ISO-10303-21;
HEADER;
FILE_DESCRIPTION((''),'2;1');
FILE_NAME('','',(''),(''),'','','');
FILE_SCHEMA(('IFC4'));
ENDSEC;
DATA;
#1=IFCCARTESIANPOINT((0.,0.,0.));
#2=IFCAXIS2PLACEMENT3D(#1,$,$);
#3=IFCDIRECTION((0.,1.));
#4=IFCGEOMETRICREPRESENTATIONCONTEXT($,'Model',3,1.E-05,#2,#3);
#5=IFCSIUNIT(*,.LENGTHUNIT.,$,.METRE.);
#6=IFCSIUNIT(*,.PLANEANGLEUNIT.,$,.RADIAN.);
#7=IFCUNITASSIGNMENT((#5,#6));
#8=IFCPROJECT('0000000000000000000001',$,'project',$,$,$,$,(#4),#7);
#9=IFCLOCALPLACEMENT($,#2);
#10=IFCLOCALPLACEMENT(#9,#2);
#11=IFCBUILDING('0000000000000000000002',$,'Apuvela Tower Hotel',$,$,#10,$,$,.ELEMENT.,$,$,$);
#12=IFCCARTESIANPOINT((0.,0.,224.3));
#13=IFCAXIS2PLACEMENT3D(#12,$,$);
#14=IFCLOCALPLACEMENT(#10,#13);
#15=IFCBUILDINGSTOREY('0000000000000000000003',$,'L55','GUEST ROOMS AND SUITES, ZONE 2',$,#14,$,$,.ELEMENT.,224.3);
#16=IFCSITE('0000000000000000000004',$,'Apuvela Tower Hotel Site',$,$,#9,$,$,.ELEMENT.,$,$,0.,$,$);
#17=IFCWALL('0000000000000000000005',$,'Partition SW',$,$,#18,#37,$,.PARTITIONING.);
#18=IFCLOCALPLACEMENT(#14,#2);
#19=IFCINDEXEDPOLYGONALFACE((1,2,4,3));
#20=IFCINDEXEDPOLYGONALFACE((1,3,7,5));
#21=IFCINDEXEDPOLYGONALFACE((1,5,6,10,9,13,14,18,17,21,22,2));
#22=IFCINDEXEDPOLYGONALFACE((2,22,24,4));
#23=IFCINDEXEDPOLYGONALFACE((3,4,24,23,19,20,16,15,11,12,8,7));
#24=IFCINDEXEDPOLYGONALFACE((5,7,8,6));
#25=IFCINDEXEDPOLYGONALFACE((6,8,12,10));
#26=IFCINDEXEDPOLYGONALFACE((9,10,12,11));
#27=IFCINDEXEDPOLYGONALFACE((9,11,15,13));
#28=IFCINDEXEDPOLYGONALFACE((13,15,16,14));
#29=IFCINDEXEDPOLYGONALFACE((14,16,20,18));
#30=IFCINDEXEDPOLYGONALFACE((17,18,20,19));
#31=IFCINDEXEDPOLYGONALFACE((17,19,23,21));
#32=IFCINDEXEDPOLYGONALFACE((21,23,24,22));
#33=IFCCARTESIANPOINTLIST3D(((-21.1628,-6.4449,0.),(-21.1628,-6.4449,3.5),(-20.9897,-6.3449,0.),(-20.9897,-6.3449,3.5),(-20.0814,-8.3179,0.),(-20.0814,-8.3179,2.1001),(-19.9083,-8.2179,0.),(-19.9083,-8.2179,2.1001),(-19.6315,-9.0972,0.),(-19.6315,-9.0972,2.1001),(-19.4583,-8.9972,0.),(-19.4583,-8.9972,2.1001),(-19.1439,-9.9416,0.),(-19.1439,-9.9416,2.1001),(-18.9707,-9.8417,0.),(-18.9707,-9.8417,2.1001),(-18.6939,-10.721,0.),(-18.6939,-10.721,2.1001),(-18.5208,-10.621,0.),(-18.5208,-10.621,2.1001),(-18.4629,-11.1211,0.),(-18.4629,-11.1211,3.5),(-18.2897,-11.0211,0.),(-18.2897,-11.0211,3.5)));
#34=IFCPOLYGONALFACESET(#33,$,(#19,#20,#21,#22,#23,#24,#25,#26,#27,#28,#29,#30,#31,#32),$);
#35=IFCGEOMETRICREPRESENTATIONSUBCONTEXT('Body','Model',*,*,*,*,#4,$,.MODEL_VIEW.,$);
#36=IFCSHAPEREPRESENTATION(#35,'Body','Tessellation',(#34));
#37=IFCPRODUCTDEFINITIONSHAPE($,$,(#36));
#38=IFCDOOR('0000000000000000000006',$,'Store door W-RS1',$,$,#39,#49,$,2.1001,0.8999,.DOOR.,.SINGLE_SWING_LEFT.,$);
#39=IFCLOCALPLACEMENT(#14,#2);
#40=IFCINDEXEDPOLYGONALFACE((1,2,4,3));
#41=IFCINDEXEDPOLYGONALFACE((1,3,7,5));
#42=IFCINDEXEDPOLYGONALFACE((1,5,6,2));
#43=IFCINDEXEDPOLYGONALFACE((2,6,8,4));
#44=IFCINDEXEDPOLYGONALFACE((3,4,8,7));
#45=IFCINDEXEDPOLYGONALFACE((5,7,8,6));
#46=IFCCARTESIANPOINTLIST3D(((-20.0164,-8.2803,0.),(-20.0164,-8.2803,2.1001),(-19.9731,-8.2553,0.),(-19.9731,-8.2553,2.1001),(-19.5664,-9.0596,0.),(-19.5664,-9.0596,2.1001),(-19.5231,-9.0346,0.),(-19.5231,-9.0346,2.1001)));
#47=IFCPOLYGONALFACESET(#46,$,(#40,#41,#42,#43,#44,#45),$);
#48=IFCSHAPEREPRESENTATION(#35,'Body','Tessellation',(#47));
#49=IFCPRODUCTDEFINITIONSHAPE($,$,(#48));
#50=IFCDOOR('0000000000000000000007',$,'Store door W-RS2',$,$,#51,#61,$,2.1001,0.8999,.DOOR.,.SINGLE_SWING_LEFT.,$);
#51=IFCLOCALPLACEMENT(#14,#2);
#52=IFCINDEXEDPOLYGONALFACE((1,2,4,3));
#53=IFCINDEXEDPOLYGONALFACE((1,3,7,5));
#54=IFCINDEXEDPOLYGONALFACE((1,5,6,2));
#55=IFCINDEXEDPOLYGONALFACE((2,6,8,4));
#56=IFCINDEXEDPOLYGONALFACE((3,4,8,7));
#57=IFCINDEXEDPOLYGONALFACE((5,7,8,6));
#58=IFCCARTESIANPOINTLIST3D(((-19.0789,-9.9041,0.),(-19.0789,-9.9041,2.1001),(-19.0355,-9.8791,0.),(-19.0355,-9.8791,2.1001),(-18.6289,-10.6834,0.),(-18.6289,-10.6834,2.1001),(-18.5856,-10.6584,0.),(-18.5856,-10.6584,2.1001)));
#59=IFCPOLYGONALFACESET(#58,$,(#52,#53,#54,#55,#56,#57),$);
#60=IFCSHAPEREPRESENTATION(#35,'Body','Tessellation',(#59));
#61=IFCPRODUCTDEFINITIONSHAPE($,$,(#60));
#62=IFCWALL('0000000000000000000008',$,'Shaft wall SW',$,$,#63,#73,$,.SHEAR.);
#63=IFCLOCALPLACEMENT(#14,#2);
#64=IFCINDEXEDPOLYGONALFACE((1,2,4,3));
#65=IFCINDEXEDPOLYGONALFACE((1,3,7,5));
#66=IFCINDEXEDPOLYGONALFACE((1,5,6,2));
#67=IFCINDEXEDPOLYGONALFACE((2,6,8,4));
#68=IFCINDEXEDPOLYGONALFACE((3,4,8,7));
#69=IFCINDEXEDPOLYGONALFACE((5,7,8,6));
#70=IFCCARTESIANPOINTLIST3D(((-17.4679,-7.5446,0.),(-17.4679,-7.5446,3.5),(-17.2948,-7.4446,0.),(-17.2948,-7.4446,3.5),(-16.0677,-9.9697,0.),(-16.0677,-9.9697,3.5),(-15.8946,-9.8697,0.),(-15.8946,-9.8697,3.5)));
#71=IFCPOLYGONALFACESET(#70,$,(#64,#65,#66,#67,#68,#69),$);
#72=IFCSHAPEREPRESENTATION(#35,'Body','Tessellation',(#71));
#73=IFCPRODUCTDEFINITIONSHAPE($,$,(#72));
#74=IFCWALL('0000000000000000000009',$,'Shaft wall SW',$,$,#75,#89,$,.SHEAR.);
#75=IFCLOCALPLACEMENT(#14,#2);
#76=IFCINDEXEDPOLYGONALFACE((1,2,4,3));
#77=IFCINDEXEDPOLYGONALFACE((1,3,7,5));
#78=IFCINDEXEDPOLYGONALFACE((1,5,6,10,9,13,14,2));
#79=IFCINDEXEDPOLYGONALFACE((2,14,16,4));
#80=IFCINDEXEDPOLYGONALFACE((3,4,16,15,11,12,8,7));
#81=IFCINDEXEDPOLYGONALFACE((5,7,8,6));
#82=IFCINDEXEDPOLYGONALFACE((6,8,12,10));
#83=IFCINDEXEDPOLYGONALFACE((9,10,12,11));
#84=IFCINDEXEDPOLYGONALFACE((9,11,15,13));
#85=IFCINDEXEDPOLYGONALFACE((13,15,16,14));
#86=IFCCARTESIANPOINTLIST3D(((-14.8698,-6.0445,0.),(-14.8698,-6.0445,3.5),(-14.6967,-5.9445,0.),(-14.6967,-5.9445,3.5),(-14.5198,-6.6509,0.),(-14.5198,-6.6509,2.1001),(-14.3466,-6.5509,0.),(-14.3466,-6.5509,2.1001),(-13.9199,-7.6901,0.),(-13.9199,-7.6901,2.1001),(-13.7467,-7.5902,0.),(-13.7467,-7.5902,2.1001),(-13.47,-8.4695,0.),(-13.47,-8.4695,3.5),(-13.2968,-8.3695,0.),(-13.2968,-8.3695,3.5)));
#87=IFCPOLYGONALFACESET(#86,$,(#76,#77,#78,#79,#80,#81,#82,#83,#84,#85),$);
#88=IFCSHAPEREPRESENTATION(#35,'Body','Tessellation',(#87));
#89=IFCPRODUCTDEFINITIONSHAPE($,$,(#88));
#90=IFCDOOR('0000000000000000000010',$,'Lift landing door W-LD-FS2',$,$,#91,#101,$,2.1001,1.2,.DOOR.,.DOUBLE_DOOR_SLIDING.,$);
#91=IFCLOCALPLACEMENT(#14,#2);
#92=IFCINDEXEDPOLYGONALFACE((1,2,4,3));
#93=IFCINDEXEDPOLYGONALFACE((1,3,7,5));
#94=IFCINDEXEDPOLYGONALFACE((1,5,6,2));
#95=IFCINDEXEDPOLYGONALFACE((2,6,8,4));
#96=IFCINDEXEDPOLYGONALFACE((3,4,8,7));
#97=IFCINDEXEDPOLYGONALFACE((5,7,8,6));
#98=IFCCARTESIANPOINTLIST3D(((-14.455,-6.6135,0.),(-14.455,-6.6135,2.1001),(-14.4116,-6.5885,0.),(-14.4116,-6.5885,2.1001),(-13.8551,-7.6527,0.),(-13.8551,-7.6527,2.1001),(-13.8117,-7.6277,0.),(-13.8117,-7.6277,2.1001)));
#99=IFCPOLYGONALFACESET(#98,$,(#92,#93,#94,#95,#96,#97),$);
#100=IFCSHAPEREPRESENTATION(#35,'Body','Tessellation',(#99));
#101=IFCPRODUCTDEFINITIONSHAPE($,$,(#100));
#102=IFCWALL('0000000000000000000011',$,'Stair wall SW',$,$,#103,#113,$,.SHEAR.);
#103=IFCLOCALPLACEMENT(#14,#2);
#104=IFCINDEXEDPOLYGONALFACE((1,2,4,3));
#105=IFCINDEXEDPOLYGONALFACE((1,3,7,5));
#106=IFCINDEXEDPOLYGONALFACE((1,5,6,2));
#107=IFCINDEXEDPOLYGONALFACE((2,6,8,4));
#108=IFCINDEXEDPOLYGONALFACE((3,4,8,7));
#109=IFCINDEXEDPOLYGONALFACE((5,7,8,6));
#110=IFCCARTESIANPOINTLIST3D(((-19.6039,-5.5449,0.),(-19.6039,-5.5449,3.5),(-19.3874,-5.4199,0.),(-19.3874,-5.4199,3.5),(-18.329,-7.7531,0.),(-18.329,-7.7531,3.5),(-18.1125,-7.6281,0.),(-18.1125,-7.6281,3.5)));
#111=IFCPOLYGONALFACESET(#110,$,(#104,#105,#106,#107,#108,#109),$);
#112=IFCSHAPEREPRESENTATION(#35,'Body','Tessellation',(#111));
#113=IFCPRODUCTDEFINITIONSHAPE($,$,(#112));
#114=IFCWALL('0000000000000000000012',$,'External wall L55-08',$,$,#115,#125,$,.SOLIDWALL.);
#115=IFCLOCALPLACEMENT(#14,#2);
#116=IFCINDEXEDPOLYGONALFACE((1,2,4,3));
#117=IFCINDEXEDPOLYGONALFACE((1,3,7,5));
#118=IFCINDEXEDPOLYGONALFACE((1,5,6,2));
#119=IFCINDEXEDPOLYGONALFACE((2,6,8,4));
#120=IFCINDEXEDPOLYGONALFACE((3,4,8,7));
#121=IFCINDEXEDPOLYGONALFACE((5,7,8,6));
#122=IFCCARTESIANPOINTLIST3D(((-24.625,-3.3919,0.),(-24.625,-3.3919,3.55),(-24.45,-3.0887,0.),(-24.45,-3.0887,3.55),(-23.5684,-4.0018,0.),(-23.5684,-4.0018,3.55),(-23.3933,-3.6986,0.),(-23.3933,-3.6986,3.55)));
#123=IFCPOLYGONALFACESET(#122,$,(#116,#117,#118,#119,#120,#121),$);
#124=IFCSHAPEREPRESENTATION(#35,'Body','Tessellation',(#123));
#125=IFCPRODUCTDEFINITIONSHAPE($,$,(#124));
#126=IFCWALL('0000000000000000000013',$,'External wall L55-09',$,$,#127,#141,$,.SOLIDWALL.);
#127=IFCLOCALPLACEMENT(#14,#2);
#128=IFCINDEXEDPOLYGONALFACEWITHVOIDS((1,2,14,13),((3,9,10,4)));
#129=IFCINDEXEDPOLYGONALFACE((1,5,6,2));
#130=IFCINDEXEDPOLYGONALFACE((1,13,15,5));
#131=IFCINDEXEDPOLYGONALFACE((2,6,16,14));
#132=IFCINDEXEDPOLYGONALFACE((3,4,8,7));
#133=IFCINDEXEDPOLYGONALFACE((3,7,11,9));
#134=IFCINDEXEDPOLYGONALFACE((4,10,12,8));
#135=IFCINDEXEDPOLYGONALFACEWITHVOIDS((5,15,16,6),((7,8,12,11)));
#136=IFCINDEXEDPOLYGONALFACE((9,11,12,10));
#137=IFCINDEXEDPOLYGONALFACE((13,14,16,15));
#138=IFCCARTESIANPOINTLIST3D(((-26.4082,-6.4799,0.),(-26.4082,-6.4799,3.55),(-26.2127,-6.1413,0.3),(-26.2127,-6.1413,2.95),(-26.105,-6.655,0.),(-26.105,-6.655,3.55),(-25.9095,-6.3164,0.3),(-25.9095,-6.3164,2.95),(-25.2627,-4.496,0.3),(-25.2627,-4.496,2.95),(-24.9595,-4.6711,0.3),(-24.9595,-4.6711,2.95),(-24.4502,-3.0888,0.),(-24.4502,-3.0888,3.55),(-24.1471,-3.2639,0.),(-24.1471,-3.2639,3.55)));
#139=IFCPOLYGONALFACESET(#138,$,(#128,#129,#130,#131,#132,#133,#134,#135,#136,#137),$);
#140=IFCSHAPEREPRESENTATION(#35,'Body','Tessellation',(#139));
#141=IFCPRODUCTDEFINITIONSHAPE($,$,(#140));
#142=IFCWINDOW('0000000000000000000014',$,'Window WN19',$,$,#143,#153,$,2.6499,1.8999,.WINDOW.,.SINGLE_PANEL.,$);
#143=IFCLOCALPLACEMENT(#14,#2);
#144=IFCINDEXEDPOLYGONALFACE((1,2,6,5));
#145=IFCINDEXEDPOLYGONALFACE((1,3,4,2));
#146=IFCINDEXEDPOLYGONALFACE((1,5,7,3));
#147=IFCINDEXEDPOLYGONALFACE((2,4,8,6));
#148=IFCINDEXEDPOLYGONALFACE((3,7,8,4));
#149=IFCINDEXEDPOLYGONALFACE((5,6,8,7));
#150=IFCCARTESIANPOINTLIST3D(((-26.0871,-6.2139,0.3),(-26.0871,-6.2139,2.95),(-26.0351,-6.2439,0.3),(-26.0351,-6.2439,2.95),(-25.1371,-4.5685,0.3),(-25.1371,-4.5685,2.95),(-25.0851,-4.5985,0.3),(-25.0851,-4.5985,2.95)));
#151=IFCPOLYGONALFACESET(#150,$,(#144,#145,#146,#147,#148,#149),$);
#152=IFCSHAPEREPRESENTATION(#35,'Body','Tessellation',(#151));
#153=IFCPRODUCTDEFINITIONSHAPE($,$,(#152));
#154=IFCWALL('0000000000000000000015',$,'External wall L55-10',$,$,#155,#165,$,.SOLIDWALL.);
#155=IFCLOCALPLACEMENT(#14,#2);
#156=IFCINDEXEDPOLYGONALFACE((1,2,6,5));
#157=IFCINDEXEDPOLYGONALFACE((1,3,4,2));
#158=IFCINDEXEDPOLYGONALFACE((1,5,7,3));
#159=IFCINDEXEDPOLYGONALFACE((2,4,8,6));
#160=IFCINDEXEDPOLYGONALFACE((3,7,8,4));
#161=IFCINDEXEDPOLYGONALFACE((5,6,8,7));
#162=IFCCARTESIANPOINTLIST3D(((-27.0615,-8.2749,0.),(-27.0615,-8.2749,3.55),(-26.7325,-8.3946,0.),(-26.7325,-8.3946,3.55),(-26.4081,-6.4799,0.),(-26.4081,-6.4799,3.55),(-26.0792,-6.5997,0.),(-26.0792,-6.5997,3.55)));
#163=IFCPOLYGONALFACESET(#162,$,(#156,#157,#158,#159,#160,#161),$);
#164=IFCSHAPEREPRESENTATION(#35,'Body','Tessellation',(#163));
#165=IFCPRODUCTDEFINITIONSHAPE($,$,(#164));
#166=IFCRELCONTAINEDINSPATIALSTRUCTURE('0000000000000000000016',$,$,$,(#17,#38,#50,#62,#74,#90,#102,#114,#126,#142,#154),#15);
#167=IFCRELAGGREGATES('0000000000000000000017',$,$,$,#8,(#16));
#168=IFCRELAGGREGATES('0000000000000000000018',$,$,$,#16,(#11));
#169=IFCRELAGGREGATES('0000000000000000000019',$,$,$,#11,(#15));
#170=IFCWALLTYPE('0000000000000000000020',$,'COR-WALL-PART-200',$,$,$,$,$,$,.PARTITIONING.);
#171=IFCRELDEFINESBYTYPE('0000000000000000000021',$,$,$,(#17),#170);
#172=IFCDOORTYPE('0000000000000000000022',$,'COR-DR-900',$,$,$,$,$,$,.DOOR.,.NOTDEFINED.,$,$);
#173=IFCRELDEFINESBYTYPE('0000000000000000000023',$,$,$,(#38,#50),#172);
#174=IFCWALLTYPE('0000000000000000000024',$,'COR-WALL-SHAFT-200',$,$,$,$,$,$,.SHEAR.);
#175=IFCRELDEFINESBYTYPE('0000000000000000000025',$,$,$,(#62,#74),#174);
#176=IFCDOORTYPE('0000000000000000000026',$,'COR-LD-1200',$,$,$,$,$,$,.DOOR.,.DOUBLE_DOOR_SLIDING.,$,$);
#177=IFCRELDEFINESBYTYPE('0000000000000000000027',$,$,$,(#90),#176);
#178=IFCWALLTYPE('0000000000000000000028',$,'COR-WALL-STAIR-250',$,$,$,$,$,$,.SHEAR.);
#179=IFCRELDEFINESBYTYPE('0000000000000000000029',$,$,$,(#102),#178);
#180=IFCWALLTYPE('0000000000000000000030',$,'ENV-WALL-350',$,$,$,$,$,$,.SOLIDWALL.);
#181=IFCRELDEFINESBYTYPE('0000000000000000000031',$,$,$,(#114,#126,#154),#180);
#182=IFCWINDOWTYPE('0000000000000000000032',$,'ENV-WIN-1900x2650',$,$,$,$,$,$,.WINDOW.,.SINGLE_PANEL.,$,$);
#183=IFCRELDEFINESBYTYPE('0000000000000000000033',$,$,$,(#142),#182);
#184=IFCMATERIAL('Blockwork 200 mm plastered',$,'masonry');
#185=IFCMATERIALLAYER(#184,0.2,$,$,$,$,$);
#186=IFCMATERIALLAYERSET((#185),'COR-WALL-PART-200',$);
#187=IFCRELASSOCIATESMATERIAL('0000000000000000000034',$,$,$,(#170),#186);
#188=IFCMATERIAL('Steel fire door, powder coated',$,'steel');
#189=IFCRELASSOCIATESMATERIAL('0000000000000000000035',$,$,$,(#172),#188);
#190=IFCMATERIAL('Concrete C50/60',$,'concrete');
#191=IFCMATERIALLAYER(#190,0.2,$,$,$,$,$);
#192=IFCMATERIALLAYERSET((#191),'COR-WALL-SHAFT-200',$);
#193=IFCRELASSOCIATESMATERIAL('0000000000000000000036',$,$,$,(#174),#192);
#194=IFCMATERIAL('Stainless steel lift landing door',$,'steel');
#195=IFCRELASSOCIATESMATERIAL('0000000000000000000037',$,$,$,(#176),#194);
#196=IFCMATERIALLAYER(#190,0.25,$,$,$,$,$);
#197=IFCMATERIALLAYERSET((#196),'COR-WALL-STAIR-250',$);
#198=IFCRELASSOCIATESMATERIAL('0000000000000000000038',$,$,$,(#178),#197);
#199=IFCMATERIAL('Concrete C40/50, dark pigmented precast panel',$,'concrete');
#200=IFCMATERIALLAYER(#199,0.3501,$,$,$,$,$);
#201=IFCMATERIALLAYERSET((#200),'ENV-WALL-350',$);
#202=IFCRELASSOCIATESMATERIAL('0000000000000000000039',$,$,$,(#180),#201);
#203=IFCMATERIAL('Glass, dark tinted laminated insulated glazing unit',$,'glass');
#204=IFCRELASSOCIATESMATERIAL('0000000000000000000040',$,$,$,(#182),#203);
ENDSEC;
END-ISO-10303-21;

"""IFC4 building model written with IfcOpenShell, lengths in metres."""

from ifc_helpers import new_model, si_unit, direction, frame, frame_2d, origin, place, context, subcontext, project, spatial, rectangle, extrude, material, layer, layer_set, type_object, element, fill, save


model = new_model("IFC4")

# Units and contexts
model_context = context("Model", 3, precision=1e-05, world=origin(), true_north=direction((0.0, 1.0)))
body_context = subcontext(model_context, "Body", "Model", "MODEL_VIEW")
ifc_project = project(units=[si_unit("LENGTHUNIT", "METRE"), si_unit("PLANEANGLEUNIT", "RADIAN")], contexts=[model_context])

# Site, building, storey
site_placement = place(None, origin())
site = spatial("IfcSite", under=ifc_project, at=site_placement, Name="Apuvela Tower Hotel Site", CompositionType="ELEMENT", RefElevation=0.0)
building_placement = place(site_placement, origin())
building = spatial("IfcBuilding", under=site, at=building_placement, Name="Apuvela Tower Hotel", CompositionType="ELEMENT")
storey_placement = place(building_placement, frame((0.0, 0.0, 224.3)))
storey = spatial("IfcBuildingStorey", under=building, at=storey_placement, Name="L55", Description="GUEST ROOMS AND SUITES, ZONE 2", CompositionType="ELEMENT", Elevation=224.3)

# Wall, openings, doors
ifc_material_1 = material(Name="Blockwork 200 mm plastered", Category="masonry")
ifc_layer_1 = layer(ifc_material_1, 0.2)
ifc_layer_set_1 = layer_set([ifc_layer_1], Name="COR-WALL-PART-200")
wall_type_1 = type_object("IfcWallType", Name="COR-WALL-PART-200", PredefinedType="PARTITIONING", material=ifc_layer_set_1)
wall_1_placement = place(storey_placement, frame((-21.0762, -6.395, 0.0), z_axis=(0.0, 0.0, 1.0), x_axis=(0.500015, -0.866017, 0.0)))
wall_1 = element("IfcWall", 1, at=wall_1_placement, inside=storey, type_object=wall_type_1, Name="Partition SW", PredefinedType="PARTITIONING", context=body_context, shape_type="SweptSolid", body=[
    extrude(rectangle(XDim=5.3997, YDim=0.2, at=frame_2d((2.6997, 0.0))), origin(), (0.0, 0.0, 1.0), 3.5),
])
opening_1_placement = place(wall_1_placement, frame((2.1626, 0.0, 0.0)))
opening_1 = element("IfcOpeningElement", 2, at=opening_1_placement, cuts=wall_1, PredefinedType="OPENING", context=body_context, shape_type="SweptSolid", body=[
    extrude(rectangle(XDim=0.8999, YDim=2.1001, at=frame_2d((0.45, 1.05))), frame((0.0, 0.1099, 0.0), z_axis=(0.0, -1.0, 0.0), x_axis=(1.0, 0.0, 0.0)), (0.0, 0.0, 1.0), 0.22),
])
opening_2_placement = place(wall_1_placement, frame((4.0376, 0.0, 0.0)))
opening_2 = element("IfcOpeningElement", 3, at=opening_2_placement, cuts=wall_1, PredefinedType="OPENING", context=body_context, shape_type="SweptSolid", body=[
    extrude(rectangle(XDim=0.8999, YDim=2.1001, at=frame_2d((0.45, 1.05))), frame((0.0, 0.1099, 0.0), z_axis=(0.0, -1.0, 0.0), x_axis=(1.0, 0.0, 0.0)), (0.0, 0.0, 1.0), 0.22),
])
ifc_material_2 = material(Name="Steel fire door, powder coated", Category="steel")
door_type_1 = type_object("IfcDoorType", Name="COR-DR-900", OperationType="NOTDEFINED", PredefinedType="DOOR", material=ifc_material_2)
door_1_placement = place(opening_1_placement, frame((0.8999, 0.0, 0.0), z_axis=(0.0, 0.0, 1.0), x_axis=(-1.0, 0.0, 0.0)))
door_1 = element("IfcDoor", 4, at=door_1_placement, inside=storey, type_object=door_type_1, Name="Store door W-RS1", OperationType="SINGLE_SWING_LEFT", OverallHeight=2.1001, OverallWidth=0.8999, PredefinedType="DOOR", context=body_context, shape_type="SweptSolid", body=[
    extrude(rectangle(XDim=0.8999, YDim=2.1001, at=frame_2d((0.45, 1.05))), frame((0.0, 0.0249, 0.0), z_axis=(0.0, -1.0, 0.0), x_axis=(1.0, 0.0, 0.0)), (0.0, 0.0, 1.0), 0.05),
])
fill(opening_1, door_1)
door_2_placement = place(opening_2_placement, frame((0.8999, 0.0, 0.0), z_axis=(0.0, 0.0, 1.0), x_axis=(-1.0, 0.0, 0.0)))
door_2 = element("IfcDoor", 5, at=door_2_placement, inside=storey, type_object=door_type_1, Name="Store door W-RS2", OperationType="SINGLE_SWING_LEFT", OverallHeight=2.1001, OverallWidth=0.8999, PredefinedType="DOOR", context=body_context, shape_type="SweptSolid", body=[
    extrude(rectangle(XDim=0.8999, YDim=2.1001, at=frame_2d((0.45, 1.05))), frame((0.0, 0.0249, 0.0), z_axis=(0.0, -1.0, 0.0), x_axis=(1.0, 0.0, 0.0)), (0.0, 0.0, 1.0), 0.05),
])
fill(opening_2, door_2)

# Wall
ifc_material_3 = material(Name="Concrete C50/60", Category="concrete")
ifc_layer_2 = layer(ifc_material_3, 0.2)
ifc_layer_set_2 = layer_set([ifc_layer_2], Name="COR-WALL-SHAFT-200")
wall_type_2 = type_object("IfcWallType", Name="COR-WALL-SHAFT-200", PredefinedType="SHEAR", material=ifc_layer_set_2)
wall_2_placement = place(storey_placement, frame((-17.3813, -7.4946, 0.0), z_axis=(0.0, 0.0, 1.0), x_axis=(0.500012, -0.866019, 0.0)))
element("IfcWall", 6, at=wall_2_placement, inside=storey, type_object=wall_type_2, Name="Shaft wall SW", PredefinedType="SHEAR", context=body_context, shape_type="SweptSolid", body=[
    extrude(rectangle(XDim=2.8003, YDim=0.2, at=frame_2d((1.4001, 0.0))), origin(), (0.0, 0.0, 1.0), 3.5),
])

# Wall, opening, door
wall_3_placement = place(storey_placement, frame((-14.7832, -5.9946, 0.0), z_axis=(0.0, 0.0, 1.0), x_axis=(0.499946, -0.866056, 0.0)))
wall_3 = element("IfcWall", 7, at=wall_3_placement, inside=storey, type_object=wall_type_2, Name="Shaft wall SW", PredefinedType="SHEAR", context=body_context, shape_type="SweptSolid", body=[
    extrude(rectangle(XDim=2.8, YDim=0.2, at=frame_2d((1.3999, 0.0))), origin(), (0.0, 0.0, 1.0), 3.5),
])
opening_3_placement = place(wall_3_placement, frame((0.7, 0.0, 0.0)))
opening_3 = element("IfcOpeningElement", 8, at=opening_3_placement, cuts=wall_3, PredefinedType="OPENING", context=body_context, shape_type="SweptSolid", body=[
    extrude(rectangle(XDim=1.2, YDim=2.1001, at=frame_2d((0.6001, 1.05))), frame((0.0, 0.1099, 0.0), z_axis=(0.0, -1.0, 0.0), x_axis=(1.0, 0.0, 0.0)), (0.0, 0.0, 1.0), 0.22),
])
ifc_material_4 = material(Name="Stainless steel lift landing door", Category="steel")
door_type_2 = type_object("IfcDoorType", Name="COR-LD-1200", OperationType="DOUBLE_DOOR_SLIDING", PredefinedType="DOOR", material=ifc_material_4)
door_3_placement = place(opening_3_placement, origin())
door_3 = element("IfcDoor", 9, at=door_3_placement, inside=storey, type_object=door_type_2, Name="Lift landing door W-LD-FS2", OperationType="DOUBLE_DOOR_SLIDING", OverallHeight=2.1001, OverallWidth=1.2, PredefinedType="DOOR", context=body_context, shape_type="SweptSolid", body=[
    extrude(rectangle(XDim=1.2, YDim=2.1001, at=frame_2d((0.6001, 1.05))), frame((0.0, 0.0249, 0.0), z_axis=(0.0, -1.0, 0.0), x_axis=(1.0, 0.0, 0.0)), (0.0, 0.0, 1.0), 0.05),
])
fill(opening_3, door_3)

# Walls
ifc_layer_3 = layer(ifc_material_3, 0.25)
ifc_layer_set_3 = layer_set([ifc_layer_3], Name="COR-WALL-STAIR-250")
wall_type_3 = type_object("IfcWallType", Name="COR-WALL-STAIR-250", PredefinedType="SHEAR", material=ifc_layer_set_3)
wall_4_placement = place(storey_placement, frame((-19.4956, -5.4824, 0.0), z_axis=(0.0, 0.0, 1.0), x_axis=(0.49999, -0.866031, 0.0)))
element("IfcWall", 10, at=wall_4_placement, inside=storey, type_object=wall_type_3, Name="Stair wall SW", PredefinedType="SHEAR", context=body_context, shape_type="SweptSolid", body=[
    extrude(rectangle(XDim=2.5498, YDim=0.25, at=frame_2d((1.2749, 0.0))), origin(), (0.0, 0.0, 1.0), 3.5),
])
ifc_material_5 = material(Name="Concrete C40/50, dark pigmented precast panel", Category="concrete")
ifc_layer_4 = layer(ifc_material_5, 0.3501)
ifc_layer_set_4 = layer_set([ifc_layer_4], Name="ENV-WALL-350")
wall_type_4 = type_object("IfcWallType", Name="ENV-WALL-350", PredefinedType="SOLIDWALL", material=ifc_layer_set_4)
wall_5_placement = place(storey_placement, frame((-23.481, -3.8501, 0.0), z_axis=(0.0, 0.0, 1.0), x_axis=(-0.866092, 0.499884, 0.0)))
element("IfcWall", 11, at=wall_5_placement, inside=storey, type_object=wall_type_4, Name="External wall L55-08", PredefinedType="SOLIDWALL", context=body_context, shape_type="SweptSolid", body=[
    extrude(rectangle(XDim=1.22, YDim=0.3501, at=frame_2d((0.6099, 0.0))), origin(), (0.0, 0.0, 1.0), 3.55),
])

# Wall, opening, window
wall_6_placement = place(storey_placement, frame((-24.2986, -3.1763, 0.0), z_axis=(0.0, 0.0, 1.0), x_axis=(-0.500028, -0.866009, 0.0)))
wall_6 = element("IfcWall", 12, at=wall_6_placement, inside=storey, type_object=wall_type_4, Name="External wall L55-09", PredefinedType="SOLIDWALL", context=body_context, shape_type="SweptSolid", body=[
    extrude(rectangle(XDim=3.9158, YDim=0.3501, at=frame_2d((1.958, 0.0))), origin(), (0.0, 0.0, 1.0), 3.55),
])
opening_4_placement = place(wall_6_placement, frame((1.625, 0.0, 0.3)))
opening_4 = element("IfcOpeningElement", 13, at=opening_4_placement, cuts=wall_6, PredefinedType="OPENING", context=body_context, shape_type="SweptSolid", body=[
    extrude(rectangle(XDim=1.8999, YDim=2.6499, at=frame_2d((0.95, 1.325))), frame((0.0, 0.1851, 0.0), z_axis=(0.0, -1.0, 0.0), x_axis=(1.0, 0.0, 0.0)), (0.0, 0.0, 1.0), 0.3701),
])
ifc_material_6 = material(Name="Glass, dark tinted laminated insulated glazing unit", Category="glass")
window_type = type_object("IfcWindowType", Name="ENV-WIN-1900x2650", PartitioningType="SINGLE_PANEL", PredefinedType="WINDOW", material=ifc_material_6)
window_placement = place(opening_4_placement, origin())
window = element("IfcWindow", 14, at=window_placement, inside=storey, type_object=window_type, Name="Window WN19", OverallHeight=2.6499, OverallWidth=1.8999, PartitioningType="SINGLE_PANEL", PredefinedType="WINDOW", context=body_context, shape_type="SweptSolid", body=[
    extrude(rectangle(XDim=1.8999, YDim=2.6499, at=frame_2d((0.95, 1.325))), frame((0.0, 0.03, 0.0), z_axis=(0.0, -1.0, 0.0), x_axis=(1.0, 0.0, 0.0)), (0.0, 0.0, 1.0), 0.0601),
])
fill(opening_4, window)

# Wall
for number, where, z_axis, x_axis, name in (
    (15, (-26.2437, -6.5398, 0.0), (0.0, 0.0, 1.0), (-0.34203, -0.939689, 0.0), "External wall L55-10"),
):
    element("IfcWall", number, at=place(storey_placement, frame(where, z_axis=z_axis, x_axis=x_axis)), inside=storey, type_object=wall_type_4, Name=name, PredefinedType="SOLIDWALL", context=body_context, shape_type="SweptSolid", body=[
        extrude(rectangle(XDim=1.9102, YDim=0.3501, at=frame_2d((0.9551, 0.0))), origin(), (0.0, 0.0, 1.0), 3.55),
    ])

save(model, "model.ifc")
